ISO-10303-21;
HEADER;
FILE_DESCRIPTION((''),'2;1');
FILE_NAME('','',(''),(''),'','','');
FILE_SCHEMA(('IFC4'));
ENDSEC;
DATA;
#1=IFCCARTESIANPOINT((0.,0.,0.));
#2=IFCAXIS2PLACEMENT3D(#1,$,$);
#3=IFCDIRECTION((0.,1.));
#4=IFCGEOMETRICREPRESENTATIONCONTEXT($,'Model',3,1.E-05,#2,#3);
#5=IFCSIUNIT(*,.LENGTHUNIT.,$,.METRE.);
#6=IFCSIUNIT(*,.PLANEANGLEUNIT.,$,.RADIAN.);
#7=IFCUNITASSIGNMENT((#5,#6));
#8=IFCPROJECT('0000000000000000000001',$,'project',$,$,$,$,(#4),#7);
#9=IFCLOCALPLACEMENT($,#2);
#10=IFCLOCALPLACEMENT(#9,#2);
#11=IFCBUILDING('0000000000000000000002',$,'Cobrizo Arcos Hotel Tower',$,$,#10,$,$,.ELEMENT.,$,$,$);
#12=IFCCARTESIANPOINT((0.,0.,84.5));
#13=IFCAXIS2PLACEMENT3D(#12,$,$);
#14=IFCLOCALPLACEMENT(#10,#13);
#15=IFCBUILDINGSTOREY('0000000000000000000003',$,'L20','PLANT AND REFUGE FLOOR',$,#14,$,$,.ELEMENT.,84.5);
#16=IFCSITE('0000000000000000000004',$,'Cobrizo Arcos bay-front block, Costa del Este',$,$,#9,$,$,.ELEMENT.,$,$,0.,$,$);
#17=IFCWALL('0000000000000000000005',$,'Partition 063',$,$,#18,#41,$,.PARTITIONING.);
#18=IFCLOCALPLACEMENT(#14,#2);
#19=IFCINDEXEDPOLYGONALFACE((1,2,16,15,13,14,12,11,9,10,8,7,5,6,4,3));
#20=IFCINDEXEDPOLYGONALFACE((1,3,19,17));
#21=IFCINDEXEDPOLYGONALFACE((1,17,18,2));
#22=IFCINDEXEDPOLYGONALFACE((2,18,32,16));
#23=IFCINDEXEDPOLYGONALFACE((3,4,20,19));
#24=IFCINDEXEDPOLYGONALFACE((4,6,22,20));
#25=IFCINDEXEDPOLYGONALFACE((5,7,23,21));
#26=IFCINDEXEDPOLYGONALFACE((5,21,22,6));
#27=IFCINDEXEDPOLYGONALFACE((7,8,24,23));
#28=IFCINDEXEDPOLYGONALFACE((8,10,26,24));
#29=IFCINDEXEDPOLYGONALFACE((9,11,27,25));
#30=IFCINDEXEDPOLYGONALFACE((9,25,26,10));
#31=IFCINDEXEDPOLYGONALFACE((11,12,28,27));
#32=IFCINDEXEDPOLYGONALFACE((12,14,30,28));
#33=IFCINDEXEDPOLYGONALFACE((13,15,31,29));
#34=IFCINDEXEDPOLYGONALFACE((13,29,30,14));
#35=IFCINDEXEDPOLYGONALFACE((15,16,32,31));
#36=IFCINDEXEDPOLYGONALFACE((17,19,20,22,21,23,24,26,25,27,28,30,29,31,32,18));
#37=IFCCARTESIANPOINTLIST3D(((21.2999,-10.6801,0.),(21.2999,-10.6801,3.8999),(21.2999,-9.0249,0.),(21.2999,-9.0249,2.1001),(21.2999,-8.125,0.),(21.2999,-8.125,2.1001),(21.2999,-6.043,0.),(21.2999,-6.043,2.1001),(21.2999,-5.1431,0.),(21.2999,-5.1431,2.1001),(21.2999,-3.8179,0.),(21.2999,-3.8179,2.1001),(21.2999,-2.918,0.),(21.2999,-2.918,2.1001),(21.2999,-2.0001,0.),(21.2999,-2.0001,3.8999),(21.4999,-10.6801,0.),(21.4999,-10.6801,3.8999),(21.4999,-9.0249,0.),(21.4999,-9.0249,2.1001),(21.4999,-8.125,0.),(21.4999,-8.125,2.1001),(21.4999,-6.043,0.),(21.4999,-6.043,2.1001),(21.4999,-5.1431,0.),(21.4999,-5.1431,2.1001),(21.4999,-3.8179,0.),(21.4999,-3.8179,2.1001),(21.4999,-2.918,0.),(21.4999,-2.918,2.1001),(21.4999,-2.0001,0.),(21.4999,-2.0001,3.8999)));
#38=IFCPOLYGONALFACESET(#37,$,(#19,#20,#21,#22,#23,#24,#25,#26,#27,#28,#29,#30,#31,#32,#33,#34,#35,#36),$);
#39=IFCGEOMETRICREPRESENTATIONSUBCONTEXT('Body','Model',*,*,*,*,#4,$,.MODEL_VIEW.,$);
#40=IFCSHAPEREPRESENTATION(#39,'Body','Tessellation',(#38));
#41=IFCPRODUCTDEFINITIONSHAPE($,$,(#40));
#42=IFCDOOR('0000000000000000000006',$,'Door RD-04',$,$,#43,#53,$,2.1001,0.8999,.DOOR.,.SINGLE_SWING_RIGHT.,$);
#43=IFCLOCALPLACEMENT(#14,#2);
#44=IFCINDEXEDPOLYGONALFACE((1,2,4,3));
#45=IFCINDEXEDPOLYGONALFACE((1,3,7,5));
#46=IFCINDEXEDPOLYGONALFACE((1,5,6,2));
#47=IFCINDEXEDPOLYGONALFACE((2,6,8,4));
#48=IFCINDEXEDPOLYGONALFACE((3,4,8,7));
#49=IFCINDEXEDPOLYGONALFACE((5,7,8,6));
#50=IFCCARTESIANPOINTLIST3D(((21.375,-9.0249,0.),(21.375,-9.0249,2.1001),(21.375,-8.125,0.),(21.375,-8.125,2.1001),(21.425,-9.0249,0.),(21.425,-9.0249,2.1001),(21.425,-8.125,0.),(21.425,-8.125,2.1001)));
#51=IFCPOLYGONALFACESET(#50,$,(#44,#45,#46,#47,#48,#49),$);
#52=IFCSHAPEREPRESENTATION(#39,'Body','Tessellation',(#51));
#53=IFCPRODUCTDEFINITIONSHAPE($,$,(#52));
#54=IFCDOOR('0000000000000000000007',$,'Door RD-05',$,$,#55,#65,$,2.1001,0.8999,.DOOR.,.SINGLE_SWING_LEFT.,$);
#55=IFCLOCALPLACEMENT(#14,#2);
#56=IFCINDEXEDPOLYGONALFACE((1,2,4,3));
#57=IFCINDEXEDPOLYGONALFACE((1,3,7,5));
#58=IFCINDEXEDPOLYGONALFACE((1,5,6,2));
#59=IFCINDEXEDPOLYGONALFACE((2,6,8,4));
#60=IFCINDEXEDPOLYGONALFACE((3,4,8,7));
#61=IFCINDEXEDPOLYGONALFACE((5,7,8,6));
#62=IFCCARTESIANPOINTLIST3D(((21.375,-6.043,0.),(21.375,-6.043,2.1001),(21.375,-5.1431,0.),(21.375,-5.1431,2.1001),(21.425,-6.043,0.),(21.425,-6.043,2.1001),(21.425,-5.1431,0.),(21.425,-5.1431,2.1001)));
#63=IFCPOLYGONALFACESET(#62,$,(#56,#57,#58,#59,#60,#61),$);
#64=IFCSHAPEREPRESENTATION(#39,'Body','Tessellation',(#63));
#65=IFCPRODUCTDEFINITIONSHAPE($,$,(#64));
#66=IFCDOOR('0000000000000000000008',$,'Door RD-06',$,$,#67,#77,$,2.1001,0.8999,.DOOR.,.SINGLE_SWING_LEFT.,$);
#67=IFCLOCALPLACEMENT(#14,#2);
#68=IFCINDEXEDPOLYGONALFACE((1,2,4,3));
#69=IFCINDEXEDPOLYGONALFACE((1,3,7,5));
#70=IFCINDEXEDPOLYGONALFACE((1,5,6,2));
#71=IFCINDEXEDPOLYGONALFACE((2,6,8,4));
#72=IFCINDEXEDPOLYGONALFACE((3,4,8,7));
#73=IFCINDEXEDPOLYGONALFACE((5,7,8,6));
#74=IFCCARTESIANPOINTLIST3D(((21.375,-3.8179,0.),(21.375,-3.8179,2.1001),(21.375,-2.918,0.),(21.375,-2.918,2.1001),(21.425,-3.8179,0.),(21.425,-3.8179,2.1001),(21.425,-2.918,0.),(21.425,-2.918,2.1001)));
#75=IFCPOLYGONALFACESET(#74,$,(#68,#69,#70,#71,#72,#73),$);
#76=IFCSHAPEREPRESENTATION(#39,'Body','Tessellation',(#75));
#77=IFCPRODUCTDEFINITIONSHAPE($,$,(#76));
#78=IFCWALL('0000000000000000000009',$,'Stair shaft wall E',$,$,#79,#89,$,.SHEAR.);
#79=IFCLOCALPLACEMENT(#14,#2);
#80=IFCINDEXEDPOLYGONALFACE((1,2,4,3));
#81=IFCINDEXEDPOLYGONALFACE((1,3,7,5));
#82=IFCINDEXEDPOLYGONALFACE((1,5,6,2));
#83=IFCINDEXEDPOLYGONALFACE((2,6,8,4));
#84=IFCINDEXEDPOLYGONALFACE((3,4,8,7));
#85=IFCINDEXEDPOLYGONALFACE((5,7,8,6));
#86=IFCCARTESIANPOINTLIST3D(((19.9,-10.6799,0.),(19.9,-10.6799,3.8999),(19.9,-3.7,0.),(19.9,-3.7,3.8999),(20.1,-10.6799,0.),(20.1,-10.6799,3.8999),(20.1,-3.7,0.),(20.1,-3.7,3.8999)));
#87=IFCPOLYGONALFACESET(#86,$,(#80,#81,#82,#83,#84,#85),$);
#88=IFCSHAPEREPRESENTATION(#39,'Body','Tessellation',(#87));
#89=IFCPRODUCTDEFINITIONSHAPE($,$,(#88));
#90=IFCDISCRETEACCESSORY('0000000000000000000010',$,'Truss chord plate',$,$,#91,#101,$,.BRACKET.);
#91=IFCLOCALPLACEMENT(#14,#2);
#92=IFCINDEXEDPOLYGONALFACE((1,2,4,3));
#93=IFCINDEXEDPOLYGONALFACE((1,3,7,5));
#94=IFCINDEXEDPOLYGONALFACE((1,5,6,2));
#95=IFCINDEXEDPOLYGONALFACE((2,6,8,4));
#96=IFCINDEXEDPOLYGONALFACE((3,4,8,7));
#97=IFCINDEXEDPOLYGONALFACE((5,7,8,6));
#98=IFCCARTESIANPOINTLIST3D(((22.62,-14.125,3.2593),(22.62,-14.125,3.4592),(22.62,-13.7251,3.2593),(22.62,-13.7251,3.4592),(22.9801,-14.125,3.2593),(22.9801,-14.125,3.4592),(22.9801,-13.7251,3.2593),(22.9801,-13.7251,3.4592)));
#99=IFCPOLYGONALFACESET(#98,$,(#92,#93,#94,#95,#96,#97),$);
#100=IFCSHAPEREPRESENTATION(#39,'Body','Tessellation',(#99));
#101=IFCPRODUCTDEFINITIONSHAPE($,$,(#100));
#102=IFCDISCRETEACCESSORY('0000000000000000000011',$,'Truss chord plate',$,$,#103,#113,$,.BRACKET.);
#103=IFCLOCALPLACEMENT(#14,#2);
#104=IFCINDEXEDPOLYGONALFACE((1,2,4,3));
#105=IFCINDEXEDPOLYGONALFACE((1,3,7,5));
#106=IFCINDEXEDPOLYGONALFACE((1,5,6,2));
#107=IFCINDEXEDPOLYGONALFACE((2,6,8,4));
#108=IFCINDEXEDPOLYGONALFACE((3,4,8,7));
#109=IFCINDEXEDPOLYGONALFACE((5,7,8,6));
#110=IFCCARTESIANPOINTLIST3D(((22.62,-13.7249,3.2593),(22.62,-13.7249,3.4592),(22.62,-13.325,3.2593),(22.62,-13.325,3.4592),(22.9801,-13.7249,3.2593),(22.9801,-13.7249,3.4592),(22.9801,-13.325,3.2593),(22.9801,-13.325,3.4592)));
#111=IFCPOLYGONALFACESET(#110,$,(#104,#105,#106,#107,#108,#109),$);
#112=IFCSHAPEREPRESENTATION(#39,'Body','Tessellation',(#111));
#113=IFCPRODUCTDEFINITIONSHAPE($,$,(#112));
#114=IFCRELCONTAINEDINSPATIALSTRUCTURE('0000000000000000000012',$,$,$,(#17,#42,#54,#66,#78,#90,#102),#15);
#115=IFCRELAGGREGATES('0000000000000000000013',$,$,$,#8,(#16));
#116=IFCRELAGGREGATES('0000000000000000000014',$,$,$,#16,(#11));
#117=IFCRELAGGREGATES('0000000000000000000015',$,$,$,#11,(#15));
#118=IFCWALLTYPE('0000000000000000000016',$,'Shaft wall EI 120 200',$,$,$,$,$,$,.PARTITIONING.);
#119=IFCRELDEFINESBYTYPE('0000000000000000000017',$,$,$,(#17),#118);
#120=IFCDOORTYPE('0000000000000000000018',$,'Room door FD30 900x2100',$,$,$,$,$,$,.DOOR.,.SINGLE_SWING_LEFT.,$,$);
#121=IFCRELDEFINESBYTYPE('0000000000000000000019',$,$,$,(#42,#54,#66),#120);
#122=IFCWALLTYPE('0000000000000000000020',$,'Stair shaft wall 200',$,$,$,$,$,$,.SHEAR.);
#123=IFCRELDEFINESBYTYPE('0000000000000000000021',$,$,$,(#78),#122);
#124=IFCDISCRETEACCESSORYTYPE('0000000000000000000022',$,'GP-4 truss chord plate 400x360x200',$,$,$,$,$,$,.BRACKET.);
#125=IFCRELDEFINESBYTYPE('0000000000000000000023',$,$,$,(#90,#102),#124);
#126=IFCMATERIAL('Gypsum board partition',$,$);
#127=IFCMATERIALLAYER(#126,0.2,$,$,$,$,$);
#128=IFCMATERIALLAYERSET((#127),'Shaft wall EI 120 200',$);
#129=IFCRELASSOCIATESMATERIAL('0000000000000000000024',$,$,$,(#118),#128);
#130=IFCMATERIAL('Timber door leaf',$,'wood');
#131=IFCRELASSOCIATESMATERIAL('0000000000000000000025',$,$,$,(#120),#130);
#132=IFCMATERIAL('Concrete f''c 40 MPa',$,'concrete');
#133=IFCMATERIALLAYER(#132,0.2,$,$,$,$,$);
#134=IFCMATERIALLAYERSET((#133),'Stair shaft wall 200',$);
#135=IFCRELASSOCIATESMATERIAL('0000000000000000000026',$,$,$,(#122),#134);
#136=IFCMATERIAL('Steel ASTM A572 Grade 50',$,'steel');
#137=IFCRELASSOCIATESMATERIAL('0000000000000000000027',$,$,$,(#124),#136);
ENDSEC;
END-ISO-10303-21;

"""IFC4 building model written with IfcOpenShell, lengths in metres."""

from ifc_helpers import new_model, si_unit, direction, frame, frame_2d, origin, origin_2d, place, context, subcontext, project, spatial, rectangle, extrude, material, layer, layer_set, type_object, element, fill, save


model = new_model("IFC4")

# Units and contexts
model_context = context("Model", 3, precision=1e-05, world=origin(), true_north=direction((0.0, 1.0)))
body_context = subcontext(model_context, "Body", "Model", "MODEL_VIEW")
ifc_project = project(units=[si_unit("LENGTHUNIT", "METRE"), si_unit("PLANEANGLEUNIT", "RADIAN")], contexts=[model_context])

# Site, building, storey
site_placement = place(None, origin())
site = spatial("IfcSite", under=ifc_project, at=site_placement, Name="Cobrizo Arcos bay-front block, Costa del Este", CompositionType="ELEMENT", RefElevation=0.0)
building_placement = place(site_placement, origin())
building = spatial("IfcBuilding", under=site, at=building_placement, Name="Cobrizo Arcos Hotel Tower", CompositionType="ELEMENT")
storey_placement = place(building_placement, frame((0.0, 0.0, 84.5)))
storey = spatial("IfcBuildingStorey", under=building, at=storey_placement, Name="L20", Description="PLANT AND REFUGE FLOOR", CompositionType="ELEMENT", Elevation=84.5)

# Wall, openings, doors
ifc_material_1 = material(Name="Gypsum board partition")
ifc_layer_1 = layer(ifc_material_1, 0.2)
ifc_layer_set_1 = layer_set([ifc_layer_1], Name="Shaft wall EI 120 200")
wall_type_1 = type_object("IfcWallType", Name="Shaft wall EI 120 200", PredefinedType="PARTITIONING", material=ifc_layer_set_1)
wall_1_placement = place(storey_placement, frame((21.3999, -10.6799, 0.0), z_axis=(0.0, 0.0, 1.0), x_axis=(0.0, 1.0, 0.0)))
wall_1 = element("IfcWall", 1, at=wall_1_placement, inside=storey, type_object=wall_type_1, Name="Partition 063", PredefinedType="PARTITIONING", context=body_context, shape_type="SweptSolid", body=[
    extrude(rectangle(XDim=8.6799, YDim=0.2, at=frame_2d((4.3398, 0.0))), origin(), (0.0, 0.0, 1.0), 3.8999),
])
opening_1_placement = place(wall_1_placement, frame((1.655, 0.0, 0.0)))
opening_1 = element("IfcOpeningElement", 2, at=opening_1_placement, cuts=wall_1, PredefinedType="OPENING", context=body_context, shape_type="SweptSolid", body=[
    extrude(rectangle(XDim=0.8999, YDim=2.1001, at=frame_2d((0.45, 1.05))), frame((0.0, 0.1121, 0.0), z_axis=(0.0, -1.0, 0.0), x_axis=(1.0, 0.0, 0.0)), (0.0, 0.0, 1.0), 0.2239),
])
opening_2_placement = place(wall_1_placement, frame((4.637, 0.0, 0.0)))
opening_2 = element("IfcOpeningElement", 3, at=opening_2_placement, cuts=wall_1, PredefinedType="OPENING", context=body_context, shape_type="SweptSolid", body=[
    extrude(rectangle(XDim=0.8999, YDim=2.1001, at=frame_2d((0.45, 1.05))), frame((0.0, 0.1121, 0.0), z_axis=(0.0, -1.0, 0.0), x_axis=(1.0, 0.0, 0.0)), (0.0, 0.0, 1.0), 0.2239),
])
opening_3_placement = place(wall_1_placement, frame((6.8621, 0.0, 0.0)))
opening_3 = element("IfcOpeningElement", 4, at=opening_3_placement, cuts=wall_1, PredefinedType="OPENING", context=body_context, shape_type="SweptSolid", body=[
    extrude(rectangle(XDim=0.8999, YDim=2.1001, at=frame_2d((0.45, 1.05))), frame((0.0, 0.1121, 0.0), z_axis=(0.0, -1.0, 0.0), x_axis=(1.0, 0.0, 0.0)), (0.0, 0.0, 1.0), 0.2239),
])
ifc_material_2 = material(Name="Timber door leaf", Category="wood")
door_type_1 = type_object("IfcDoorType", Name="Room door FD30 900x2100", OperationType="SINGLE_SWING_LEFT", PredefinedType="DOOR", material=ifc_material_2)
door_1_placement = place(opening_1_placement, origin())
door_1 = element("IfcDoor", 5, at=door_1_placement, inside=storey, type_object=door_type_1, Name="Door RD-04", OperationType="SINGLE_SWING_RIGHT", OverallHeight=2.1001, OverallWidth=0.8999, PredefinedType="DOOR", context=body_context, shape_type="SweptSolid", body=[
    extrude(rectangle(XDim=0.8999, YDim=2.1001, at=frame_2d((0.45, 1.05))), frame((0.0, 0.0249, 0.0), z_axis=(0.0, -1.0, 0.0), x_axis=(1.0, 0.0, 0.0)), (0.0, 0.0, 1.0), 0.05),
])
fill(opening_1, door_1)
door_2_placement = place(opening_2_placement, origin())
door_2 = element("IfcDoor", 6, at=door_2_placement, inside=storey, type_object=door_type_1, Name="Door RD-05", OperationType="SINGLE_SWING_LEFT", OverallHeight=2.1001, OverallWidth=0.8999, PredefinedType="DOOR", context=body_context, shape_type="SweptSolid", body=[
    extrude(rectangle(XDim=0.8999, YDim=2.1001, at=frame_2d((0.45, 1.05))), frame((0.0, 0.0249, 0.0), z_axis=(0.0, -1.0, 0.0), x_axis=(1.0, 0.0, 0.0)), (0.0, 0.0, 1.0), 0.05),
])
fill(opening_2, door_2)
door_3_placement = place(opening_3_placement, origin())
door_3 = element("IfcDoor", 7, at=door_3_placement, inside=storey, type_object=door_type_1, Name="Door RD-06", OperationType="SINGLE_SWING_LEFT", OverallHeight=2.1001, OverallWidth=0.8999, PredefinedType="DOOR", context=body_context, shape_type="SweptSolid", body=[
    extrude(rectangle(XDim=0.8999, YDim=2.1001, at=frame_2d((0.45, 1.05))), frame((0.0, 0.0249, 0.0), z_axis=(0.0, -1.0, 0.0), x_axis=(1.0, 0.0, 0.0)), (0.0, 0.0, 1.0), 0.05),
])
fill(opening_3, door_3)

# Wall
ifc_material_3 = material(Name="Concrete f'c 40 MPa", Category="concrete")
ifc_layer_2 = layer(ifc_material_3, 0.2)
ifc_layer_set_2 = layer_set([ifc_layer_2], Name="Stair shaft wall 200")
wall_type_2 = type_object("IfcWallType", Name="Stair shaft wall 200", PredefinedType="SHEAR", material=ifc_layer_set_2)
wall_2_placement = place(storey_placement, frame((20.0, -10.6799, 0.0), z_axis=(0.0, 0.0, 1.0), x_axis=(0.0, 1.0, 0.0)))
element("IfcWall", 8, at=wall_2_placement, inside=storey, type_object=wall_type_2, Name="Stair shaft wall E", PredefinedType="SHEAR", context=body_context, shape_type="SweptSolid", body=[
    extrude(rectangle(XDim=6.98, YDim=0.2, at=frame_2d((3.49, 0.0))), origin(), (0.0, 0.0, 1.0), 3.8999),
])

# Discrete accessories
ifc_material_4 = material(Name="Steel ASTM A572 Grade 50", Category="steel")
discrete_accessory_type = type_object("IfcDiscreteAccessoryType", Name="GP-4 truss chord plate 400x360x200", PredefinedType="BRACKET", material=ifc_material_4)
for number, where, z_axis, x_axis, name in (
    (9, (22.8, -13.925, 3.2593), (0.0, 0.0, 1.0), (0.0, 1.0, 0.0), "Truss chord plate"),
    (10, (22.8, -13.5249, 3.2593), (0.0, 0.0, 1.0), (0.0, 1.0, 0.0), "Truss chord plate"),
):
    element("IfcDiscreteAccessory", number, at=place(storey_placement, frame(where, z_axis=z_axis, x_axis=x_axis)), inside=storey, type_object=discrete_accessory_type, Name=name, PredefinedType="BRACKET", context=body_context, shape_type="SweptSolid", body=[
        extrude(rectangle(XDim=0.3999, YDim=0.3601, at=origin_2d()), origin(), (0.0, 0.0, 1.0), 0.2),
    ])

save(model, "model.ifc")
